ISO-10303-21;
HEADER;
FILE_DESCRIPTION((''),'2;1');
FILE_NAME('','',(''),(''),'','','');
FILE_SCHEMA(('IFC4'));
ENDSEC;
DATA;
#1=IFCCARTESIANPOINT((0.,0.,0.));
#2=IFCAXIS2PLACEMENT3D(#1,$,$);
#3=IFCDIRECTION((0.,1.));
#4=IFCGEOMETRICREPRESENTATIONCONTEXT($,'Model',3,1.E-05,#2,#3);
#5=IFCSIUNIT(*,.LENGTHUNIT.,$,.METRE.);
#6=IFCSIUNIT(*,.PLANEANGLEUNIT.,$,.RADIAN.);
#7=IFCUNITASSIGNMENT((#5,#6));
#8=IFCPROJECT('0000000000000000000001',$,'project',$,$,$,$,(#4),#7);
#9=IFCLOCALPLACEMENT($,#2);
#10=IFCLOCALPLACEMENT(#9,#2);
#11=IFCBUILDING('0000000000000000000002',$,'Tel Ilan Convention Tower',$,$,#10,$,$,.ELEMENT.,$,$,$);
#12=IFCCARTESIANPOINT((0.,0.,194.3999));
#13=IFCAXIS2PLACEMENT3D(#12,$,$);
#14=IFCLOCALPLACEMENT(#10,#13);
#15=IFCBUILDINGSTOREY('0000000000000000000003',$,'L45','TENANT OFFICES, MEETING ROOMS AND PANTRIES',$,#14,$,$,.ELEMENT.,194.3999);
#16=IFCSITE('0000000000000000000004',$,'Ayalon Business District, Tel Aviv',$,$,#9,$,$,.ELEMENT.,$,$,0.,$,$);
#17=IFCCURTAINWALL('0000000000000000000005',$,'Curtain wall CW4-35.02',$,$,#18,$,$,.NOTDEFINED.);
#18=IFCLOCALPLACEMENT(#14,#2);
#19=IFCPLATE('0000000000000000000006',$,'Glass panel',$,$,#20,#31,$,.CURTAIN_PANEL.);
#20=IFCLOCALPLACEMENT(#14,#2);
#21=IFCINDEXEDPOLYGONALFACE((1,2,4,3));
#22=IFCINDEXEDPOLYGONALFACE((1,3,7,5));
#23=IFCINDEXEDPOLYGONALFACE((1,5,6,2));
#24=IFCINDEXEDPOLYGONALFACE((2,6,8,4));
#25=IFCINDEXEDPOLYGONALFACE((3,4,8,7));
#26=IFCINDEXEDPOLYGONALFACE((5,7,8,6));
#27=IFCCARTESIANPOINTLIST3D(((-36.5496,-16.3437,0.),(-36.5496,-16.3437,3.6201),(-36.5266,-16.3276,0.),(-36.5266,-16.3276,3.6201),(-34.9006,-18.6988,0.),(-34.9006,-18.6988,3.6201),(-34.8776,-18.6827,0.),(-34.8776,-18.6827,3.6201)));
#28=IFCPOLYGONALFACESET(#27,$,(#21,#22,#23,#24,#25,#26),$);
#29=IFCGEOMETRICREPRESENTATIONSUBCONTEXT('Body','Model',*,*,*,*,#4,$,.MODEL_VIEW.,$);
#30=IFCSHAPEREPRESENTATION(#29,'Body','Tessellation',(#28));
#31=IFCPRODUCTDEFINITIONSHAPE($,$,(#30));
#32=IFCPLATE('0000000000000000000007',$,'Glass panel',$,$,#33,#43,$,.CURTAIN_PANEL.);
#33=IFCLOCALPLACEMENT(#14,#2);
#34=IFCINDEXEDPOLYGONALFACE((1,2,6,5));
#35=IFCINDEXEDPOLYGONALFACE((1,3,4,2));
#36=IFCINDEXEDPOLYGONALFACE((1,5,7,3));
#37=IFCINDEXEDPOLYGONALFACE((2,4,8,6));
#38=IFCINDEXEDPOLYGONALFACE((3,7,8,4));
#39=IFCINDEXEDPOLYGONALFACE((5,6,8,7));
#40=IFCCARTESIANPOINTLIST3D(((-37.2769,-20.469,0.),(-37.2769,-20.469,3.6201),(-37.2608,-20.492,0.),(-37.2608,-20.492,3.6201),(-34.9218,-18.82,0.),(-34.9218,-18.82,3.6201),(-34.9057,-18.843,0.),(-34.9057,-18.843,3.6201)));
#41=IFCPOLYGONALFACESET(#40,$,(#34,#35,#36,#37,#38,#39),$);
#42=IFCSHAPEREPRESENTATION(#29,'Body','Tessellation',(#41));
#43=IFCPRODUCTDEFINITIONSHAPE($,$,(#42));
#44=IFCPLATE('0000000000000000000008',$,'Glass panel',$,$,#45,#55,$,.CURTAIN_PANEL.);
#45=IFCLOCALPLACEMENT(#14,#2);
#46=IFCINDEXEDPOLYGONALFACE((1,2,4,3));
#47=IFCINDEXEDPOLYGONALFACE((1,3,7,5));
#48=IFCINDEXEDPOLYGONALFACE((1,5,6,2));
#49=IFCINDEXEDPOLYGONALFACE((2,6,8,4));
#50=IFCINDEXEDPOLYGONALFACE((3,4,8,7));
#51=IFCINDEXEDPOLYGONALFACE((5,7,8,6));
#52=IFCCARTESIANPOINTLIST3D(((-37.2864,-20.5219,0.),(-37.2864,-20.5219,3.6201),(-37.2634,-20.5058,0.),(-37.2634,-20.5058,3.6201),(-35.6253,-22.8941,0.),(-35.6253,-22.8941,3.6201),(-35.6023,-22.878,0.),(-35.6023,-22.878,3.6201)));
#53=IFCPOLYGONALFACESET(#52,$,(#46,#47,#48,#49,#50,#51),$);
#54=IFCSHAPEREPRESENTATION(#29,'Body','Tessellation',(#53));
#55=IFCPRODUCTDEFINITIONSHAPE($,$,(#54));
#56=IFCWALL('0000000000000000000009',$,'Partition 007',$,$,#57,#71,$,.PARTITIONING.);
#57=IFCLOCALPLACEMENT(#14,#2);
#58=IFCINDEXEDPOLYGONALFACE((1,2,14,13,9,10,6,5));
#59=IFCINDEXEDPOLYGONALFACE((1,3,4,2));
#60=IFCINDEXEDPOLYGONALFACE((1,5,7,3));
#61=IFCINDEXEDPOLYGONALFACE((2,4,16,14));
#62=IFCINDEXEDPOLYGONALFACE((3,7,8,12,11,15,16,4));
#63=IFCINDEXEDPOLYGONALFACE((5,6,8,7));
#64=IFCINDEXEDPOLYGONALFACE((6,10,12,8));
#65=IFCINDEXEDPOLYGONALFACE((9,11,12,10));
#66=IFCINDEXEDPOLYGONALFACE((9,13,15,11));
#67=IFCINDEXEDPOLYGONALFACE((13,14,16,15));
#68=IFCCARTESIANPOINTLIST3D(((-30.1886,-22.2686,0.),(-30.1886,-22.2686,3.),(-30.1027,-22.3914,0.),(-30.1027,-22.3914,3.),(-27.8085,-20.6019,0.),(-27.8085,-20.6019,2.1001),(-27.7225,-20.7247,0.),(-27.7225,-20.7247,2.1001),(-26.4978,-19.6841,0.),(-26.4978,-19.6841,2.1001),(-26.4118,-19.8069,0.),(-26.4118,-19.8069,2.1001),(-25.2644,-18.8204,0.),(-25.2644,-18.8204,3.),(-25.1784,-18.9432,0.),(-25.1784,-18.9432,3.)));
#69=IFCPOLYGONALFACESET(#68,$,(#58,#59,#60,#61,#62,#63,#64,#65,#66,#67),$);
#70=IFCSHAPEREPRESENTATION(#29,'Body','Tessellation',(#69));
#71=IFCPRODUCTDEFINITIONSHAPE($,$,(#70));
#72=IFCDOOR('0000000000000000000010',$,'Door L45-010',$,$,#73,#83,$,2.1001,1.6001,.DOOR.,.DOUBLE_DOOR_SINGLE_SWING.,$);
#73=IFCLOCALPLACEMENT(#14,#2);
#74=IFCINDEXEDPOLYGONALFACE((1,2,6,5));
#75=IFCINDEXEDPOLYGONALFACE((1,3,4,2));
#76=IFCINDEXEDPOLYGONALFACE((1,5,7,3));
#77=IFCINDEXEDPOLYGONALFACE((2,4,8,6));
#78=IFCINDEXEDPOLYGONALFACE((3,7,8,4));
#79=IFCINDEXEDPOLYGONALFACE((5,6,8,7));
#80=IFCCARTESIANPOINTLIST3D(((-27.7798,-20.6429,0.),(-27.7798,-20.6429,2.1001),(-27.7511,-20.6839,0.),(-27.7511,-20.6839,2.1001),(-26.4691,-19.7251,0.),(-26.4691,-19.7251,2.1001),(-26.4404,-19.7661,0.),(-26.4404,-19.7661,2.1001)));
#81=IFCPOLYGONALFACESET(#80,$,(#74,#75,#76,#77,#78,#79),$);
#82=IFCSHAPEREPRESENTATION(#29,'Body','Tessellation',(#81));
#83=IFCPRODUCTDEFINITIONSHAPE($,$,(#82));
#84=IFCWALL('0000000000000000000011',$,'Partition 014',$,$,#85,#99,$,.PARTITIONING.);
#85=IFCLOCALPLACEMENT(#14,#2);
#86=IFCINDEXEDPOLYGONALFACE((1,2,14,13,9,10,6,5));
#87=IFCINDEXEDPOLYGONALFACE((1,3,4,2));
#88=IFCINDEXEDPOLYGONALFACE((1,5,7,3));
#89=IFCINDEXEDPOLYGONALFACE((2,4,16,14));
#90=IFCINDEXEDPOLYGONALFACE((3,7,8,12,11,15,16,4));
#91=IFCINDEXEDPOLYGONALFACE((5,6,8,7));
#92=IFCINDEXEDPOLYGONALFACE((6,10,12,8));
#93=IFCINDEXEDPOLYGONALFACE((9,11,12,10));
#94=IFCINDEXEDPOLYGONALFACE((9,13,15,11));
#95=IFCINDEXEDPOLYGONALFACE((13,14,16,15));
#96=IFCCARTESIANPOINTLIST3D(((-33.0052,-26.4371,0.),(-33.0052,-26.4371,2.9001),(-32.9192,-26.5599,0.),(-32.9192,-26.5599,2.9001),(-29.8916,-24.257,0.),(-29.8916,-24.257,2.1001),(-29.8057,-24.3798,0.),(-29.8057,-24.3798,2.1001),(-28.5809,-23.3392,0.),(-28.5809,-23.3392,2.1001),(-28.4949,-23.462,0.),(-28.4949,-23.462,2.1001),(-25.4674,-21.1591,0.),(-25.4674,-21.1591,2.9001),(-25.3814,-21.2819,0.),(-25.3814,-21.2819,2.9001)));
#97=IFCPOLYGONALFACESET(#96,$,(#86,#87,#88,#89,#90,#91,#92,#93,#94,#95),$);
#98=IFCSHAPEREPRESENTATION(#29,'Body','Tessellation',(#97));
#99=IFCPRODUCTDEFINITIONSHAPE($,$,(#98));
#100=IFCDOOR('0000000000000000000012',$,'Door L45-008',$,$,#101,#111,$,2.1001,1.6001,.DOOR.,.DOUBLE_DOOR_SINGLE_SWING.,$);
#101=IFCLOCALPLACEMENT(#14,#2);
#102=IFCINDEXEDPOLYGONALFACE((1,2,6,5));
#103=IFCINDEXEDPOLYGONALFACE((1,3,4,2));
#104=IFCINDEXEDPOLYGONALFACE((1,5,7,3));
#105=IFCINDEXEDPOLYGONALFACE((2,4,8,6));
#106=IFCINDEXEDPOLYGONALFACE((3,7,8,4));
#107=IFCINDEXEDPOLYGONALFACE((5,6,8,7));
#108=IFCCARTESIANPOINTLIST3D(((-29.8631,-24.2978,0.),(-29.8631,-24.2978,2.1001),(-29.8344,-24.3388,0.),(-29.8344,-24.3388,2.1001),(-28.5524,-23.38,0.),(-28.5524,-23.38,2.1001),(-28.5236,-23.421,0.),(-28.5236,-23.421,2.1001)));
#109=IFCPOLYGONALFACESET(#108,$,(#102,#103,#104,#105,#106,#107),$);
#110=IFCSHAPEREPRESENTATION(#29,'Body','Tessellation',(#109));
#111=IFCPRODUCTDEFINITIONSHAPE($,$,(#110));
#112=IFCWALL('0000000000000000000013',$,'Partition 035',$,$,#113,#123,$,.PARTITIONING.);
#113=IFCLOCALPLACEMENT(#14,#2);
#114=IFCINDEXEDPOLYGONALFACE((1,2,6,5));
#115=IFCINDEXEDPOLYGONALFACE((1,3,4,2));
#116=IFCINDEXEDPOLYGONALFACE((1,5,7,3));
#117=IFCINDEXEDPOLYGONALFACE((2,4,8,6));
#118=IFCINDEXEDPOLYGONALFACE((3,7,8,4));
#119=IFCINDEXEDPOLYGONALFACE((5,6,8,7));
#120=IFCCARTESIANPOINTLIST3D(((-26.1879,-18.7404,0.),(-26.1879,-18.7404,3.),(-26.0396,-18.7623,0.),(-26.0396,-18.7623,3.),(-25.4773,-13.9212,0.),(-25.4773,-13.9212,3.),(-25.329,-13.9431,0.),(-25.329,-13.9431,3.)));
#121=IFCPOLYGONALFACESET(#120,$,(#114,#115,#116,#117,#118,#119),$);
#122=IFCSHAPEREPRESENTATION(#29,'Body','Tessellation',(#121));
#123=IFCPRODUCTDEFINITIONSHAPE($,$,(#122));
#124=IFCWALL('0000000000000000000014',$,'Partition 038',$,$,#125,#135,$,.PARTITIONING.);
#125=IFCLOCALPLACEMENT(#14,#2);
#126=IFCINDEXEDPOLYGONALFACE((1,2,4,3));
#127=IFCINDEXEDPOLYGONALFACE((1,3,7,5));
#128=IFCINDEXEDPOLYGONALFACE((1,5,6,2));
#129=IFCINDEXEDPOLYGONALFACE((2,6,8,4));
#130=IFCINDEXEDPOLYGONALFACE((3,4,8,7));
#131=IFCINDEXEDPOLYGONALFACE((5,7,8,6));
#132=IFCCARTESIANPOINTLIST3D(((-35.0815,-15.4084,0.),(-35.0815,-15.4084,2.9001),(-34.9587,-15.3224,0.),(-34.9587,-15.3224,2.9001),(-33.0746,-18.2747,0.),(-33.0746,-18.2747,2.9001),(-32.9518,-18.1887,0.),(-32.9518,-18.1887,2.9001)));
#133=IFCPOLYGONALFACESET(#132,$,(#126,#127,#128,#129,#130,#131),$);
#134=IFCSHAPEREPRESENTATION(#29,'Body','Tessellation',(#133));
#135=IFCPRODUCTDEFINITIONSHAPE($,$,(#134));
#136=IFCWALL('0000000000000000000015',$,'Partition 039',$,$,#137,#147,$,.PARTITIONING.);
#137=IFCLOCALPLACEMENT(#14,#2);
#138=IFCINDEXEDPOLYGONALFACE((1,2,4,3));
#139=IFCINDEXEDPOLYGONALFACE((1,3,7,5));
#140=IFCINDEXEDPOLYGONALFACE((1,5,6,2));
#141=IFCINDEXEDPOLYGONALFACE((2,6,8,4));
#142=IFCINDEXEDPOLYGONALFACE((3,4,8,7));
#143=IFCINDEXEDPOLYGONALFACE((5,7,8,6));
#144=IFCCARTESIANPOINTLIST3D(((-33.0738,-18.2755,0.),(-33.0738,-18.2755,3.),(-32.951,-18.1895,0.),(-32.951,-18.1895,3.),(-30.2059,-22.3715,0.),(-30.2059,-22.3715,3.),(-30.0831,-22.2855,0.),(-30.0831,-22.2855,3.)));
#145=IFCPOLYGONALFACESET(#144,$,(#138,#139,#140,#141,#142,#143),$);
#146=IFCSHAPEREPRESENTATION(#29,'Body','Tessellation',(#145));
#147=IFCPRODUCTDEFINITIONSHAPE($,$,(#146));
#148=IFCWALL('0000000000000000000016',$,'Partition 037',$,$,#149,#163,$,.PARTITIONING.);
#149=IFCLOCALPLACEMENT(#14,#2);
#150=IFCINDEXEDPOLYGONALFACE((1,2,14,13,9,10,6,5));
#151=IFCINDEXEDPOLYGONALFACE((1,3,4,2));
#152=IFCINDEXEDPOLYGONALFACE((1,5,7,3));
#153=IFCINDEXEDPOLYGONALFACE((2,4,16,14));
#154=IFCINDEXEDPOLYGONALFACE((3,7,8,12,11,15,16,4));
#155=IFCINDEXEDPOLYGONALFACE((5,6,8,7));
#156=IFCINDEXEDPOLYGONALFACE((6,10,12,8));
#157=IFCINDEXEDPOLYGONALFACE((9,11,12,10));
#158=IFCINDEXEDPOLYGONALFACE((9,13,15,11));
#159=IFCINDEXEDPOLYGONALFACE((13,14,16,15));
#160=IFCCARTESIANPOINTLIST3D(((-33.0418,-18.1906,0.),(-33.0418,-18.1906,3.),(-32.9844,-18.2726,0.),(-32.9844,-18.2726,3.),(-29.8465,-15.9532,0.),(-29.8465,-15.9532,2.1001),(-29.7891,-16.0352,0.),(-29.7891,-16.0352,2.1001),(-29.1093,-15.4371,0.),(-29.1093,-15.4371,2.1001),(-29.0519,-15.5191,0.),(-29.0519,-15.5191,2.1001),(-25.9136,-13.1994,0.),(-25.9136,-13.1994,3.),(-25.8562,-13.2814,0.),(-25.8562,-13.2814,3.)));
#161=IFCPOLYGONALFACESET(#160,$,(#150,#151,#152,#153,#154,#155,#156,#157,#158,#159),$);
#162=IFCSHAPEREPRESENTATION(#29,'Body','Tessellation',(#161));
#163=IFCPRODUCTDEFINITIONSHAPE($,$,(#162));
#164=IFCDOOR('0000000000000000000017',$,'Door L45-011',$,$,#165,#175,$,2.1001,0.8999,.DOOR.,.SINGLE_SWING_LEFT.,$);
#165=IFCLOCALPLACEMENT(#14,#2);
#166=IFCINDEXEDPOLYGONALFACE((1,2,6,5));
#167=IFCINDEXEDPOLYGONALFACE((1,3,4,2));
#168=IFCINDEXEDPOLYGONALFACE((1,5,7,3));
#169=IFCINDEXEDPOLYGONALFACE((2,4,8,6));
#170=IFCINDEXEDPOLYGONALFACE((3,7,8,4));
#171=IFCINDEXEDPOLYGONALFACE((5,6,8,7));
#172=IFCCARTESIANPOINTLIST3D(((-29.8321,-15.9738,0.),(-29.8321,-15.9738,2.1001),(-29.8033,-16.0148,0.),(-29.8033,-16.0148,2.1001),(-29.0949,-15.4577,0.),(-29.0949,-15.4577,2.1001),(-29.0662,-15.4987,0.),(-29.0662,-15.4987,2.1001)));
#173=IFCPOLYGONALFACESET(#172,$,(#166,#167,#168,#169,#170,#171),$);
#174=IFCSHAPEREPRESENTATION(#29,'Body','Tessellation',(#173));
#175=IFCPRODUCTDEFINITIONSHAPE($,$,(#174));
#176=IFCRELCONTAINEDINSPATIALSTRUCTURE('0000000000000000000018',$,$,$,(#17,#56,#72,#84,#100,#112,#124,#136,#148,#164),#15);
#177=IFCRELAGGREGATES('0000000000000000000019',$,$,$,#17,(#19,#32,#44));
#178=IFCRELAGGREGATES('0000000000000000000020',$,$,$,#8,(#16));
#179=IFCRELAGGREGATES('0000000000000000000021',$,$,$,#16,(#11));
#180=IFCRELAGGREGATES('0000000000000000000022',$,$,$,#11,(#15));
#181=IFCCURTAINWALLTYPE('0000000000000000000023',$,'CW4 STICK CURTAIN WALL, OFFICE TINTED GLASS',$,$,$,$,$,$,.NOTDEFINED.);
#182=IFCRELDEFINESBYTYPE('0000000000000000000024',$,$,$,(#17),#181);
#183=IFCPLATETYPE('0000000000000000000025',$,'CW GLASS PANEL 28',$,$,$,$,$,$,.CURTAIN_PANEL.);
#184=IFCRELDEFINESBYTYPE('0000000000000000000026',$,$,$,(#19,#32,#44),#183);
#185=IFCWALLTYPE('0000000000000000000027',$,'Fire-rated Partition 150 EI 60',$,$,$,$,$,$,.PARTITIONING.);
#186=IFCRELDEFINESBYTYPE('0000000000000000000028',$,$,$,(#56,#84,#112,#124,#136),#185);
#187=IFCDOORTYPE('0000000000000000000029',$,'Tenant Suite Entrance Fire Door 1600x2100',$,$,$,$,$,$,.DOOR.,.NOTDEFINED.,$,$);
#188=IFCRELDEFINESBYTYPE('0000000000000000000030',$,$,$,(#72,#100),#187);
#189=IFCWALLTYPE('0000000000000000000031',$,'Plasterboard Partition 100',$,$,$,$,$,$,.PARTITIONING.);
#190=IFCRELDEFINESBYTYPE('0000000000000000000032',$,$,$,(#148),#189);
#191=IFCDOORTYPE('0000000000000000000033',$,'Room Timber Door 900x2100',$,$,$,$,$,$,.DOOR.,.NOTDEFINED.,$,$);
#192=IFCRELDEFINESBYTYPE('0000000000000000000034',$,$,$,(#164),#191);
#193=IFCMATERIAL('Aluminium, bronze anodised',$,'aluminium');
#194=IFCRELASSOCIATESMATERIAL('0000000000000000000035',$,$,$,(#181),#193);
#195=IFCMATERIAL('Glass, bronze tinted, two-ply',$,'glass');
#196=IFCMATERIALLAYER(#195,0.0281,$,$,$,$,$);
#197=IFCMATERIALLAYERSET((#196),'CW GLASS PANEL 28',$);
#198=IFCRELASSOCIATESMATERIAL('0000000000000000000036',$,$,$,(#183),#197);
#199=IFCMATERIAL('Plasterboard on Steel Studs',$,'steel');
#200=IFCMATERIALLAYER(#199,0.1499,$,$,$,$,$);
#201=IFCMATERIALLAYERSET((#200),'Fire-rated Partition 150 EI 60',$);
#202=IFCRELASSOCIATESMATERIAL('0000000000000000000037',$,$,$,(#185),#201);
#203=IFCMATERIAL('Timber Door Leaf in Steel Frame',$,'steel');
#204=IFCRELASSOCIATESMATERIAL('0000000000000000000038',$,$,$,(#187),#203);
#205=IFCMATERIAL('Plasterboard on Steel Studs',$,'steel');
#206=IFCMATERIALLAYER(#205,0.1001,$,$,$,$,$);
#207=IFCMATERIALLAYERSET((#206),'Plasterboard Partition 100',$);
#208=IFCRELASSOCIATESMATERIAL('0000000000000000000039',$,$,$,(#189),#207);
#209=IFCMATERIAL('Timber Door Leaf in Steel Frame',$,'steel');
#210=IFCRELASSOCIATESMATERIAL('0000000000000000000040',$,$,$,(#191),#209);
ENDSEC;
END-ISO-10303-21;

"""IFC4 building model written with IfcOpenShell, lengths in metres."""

from ifc_helpers import new_model, si_unit, direction, frame, frame_2d, origin, origin_2d, place, context, subcontext, project, spatial, rectangle, extrude, material, layer, layer_set, type_object, element, fill, aggregate, save


model = new_model("IFC4")

# Units and contexts
model_context = context("Model", 3, precision=1e-05, world=origin(), true_north=direction((0.0, 1.0)))
body_context = subcontext(model_context, "Body", "Model", "MODEL_VIEW")
ifc_project = project(units=[si_unit("LENGTHUNIT", "METRE"), si_unit("PLANEANGLEUNIT", "RADIAN")], contexts=[model_context])

# Site, building, storey
site_placement = place(None, origin())
site = spatial("IfcSite", under=ifc_project, at=site_placement, Name="Ayalon Business District, Tel Aviv", CompositionType="ELEMENT", RefElevation=0.0)
building_placement = place(site_placement, origin())
building = spatial("IfcBuilding", under=site, at=building_placement, Name="Tel Ilan Convention Tower", CompositionType="ELEMENT")
storey_placement = place(building_placement, frame((0.0, 0.0, 194.3999)))
storey = spatial("IfcBuildingStorey", under=building, at=storey_placement, Name="L45", Description="TENANT OFFICES, MEETING ROOMS AND PANTRIES", CompositionType="ELEMENT", Elevation=194.3999)

# Curtain wall, plates
ifc_material_1 = material(Name="Aluminium, bronze anodised", Category="aluminium")
curtain_wall_type = type_object("IfcCurtainWallType", Name="CW4 STICK CURTAIN WALL, OFFICE TINTED GLASS", PredefinedType="NOTDEFINED", material=ifc_material_1)
curtain_wall_placement = place(storey_placement, origin())
curtain_wall = element("IfcCurtainWall", 1, at=curtain_wall_placement, inside=storey, type_object=curtain_wall_type, Name="Curtain wall CW4-35.02", PredefinedType="NOTDEFINED")
ifc_material_2 = material(Name="Glass, bronze tinted, two-ply", Category="glass")
ifc_layer_1 = layer(ifc_material_2, 0.0281)
ifc_layer_set_1 = layer_set([ifc_layer_1], Name="CW GLASS PANEL 28")
plate_type = type_object("IfcPlateType", Name="CW GLASS PANEL 28", PredefinedType="CURTAIN_PANEL", material=ifc_layer_set_1)
plate_1_placement = place(storey_placement, frame((-35.7136, -17.5132, 0.0), z_axis=(0.0, 0.0, 1.0), x_axis=(0.573576, -0.819152, 0.0)))
plate_1 = element("IfcPlate", 2, at=plate_1_placement, type_object=plate_type, Name="Glass panel", PredefinedType="CURTAIN_PANEL", context=body_context, shape_type="SweptSolid", body=[
    extrude(rectangle(XDim=2.875, YDim=0.0281, at=origin_2d()), origin(), (0.0, 0.0, 1.0), 3.6201),
])
plate_2_placement = place(storey_placement, frame((-36.0913, -19.656, 0.0), z_axis=(0.0, 0.0, 1.0), x_axis=(-0.819152, -0.573576, 0.0)))
plate_2 = element("IfcPlate", 3, at=plate_2_placement, type_object=plate_type, Name="Glass panel", PredefinedType="CURTAIN_PANEL", context=body_context, shape_type="SweptSolid", body=[
    extrude(rectangle(XDim=2.875, YDim=0.0281, at=origin_2d()), origin(), (0.0, 0.0, 1.0), 3.6201),
])
plate_3_placement = place(storey_placement, frame((-36.4443, -21.7, 0.0), z_axis=(0.0, 0.0, 1.0), x_axis=(0.573576, -0.819152, 0.0)))
plate_3 = element("IfcPlate", 4, at=plate_3_placement, type_object=plate_type, Name="Glass panel", PredefinedType="CURTAIN_PANEL", context=body_context, shape_type="SweptSolid", body=[
    extrude(rectangle(XDim=2.896, YDim=0.0281, at=origin_2d()), origin(), (0.0, 0.0, 1.0), 3.6201),
])
aggregate(curtain_wall, [plate_1, plate_2, plate_3])

# Walls, openings, doors
ifc_material_3 = material(Name="Plasterboard on Steel Studs", Category="steel")
ifc_layer_2 = layer(ifc_material_3, 0.1499)
ifc_layer_set_2 = layer_set([ifc_layer_2], Name="Fire-rated Partition 150 EI 60")
wall_type_1 = type_object("IfcWallType", Name="Fire-rated Partition 150 EI 60", PredefinedType="PARTITIONING", material=ifc_layer_set_2)
wall_1_placement = place(storey_placement, frame((-30.1458, -22.3301, 0.0), z_axis=(0.0, 0.0, 1.0), x_axis=(0.819137, 0.573599, 0.0)))
wall_1 = element("IfcWall", 5, at=wall_1_placement, inside=storey, type_object=wall_type_1, Name="Partition 007", PredefinedType="PARTITIONING", context=body_context, shape_type="SweptSolid", body=[
    extrude(rectangle(XDim=6.0115, YDim=0.1499, at=frame_2d((3.0059, 0.0))), origin(), (0.0, 0.0, 1.0), 3.0),
])
opening_1_placement = place(wall_1_placement, frame((2.9058, 0.0, 0.0)))
opening_1 = element("IfcOpeningElement", 6, at=opening_1_placement, cuts=wall_1, PredefinedType="OPENING", context=body_context, shape_type="SweptSolid", body=[
    extrude(rectangle(XDim=1.6001, YDim=2.1001, at=frame_2d((0.8, 1.05))), frame((0.0, 0.085, 0.0), z_axis=(0.0, -1.0, 0.0), x_axis=(1.0, 0.0, 0.0)), (0.0, 0.0, 1.0), 0.1699),
])
ifc_material_4 = material(Name="Timber Door Leaf in Steel Frame", Category="steel")
door_type_1 = type_object("IfcDoorType", Name="Tenant Suite Entrance Fire Door 1600x2100", OperationType="NOTDEFINED", PredefinedType="DOOR", material=ifc_material_4)
door_1_placement = place(opening_1_placement, origin())
door_1 = element("IfcDoor", 7, at=door_1_placement, inside=storey, type_object=door_type_1, Name="Door L45-010", OperationType="DOUBLE_DOOR_SINGLE_SWING", OverallHeight=2.1001, OverallWidth=1.6001, PredefinedType="DOOR", context=body_context, shape_type="SweptSolid", body=[
    extrude(rectangle(XDim=1.6001, YDim=2.1001, at=frame_2d((0.8, 1.05))), frame((0.0, 0.0249, 0.0), z_axis=(0.0, -1.0, 0.0), x_axis=(1.0, 0.0, 0.0)), (0.0, 0.0, 1.0), 0.05),
])
fill(opening_1, door_1)
wall_2_placement = place(storey_placement, frame((-25.4243, -21.2205, 0.0), z_axis=(0.0, 0.0, 1.0), x_axis=(-0.819151, -0.573578, 0.0)))
wall_2 = element("IfcWall", 8, at=wall_2_placement, inside=storey, type_object=wall_type_1, Name="Partition 014", PredefinedType="PARTITIONING", context=body_context, shape_type="SweptSolid", body=[
    extrude(rectangle(XDim=9.2019, YDim=0.1499, at=frame_2d((4.6011, 0.0))), origin(), (0.0, 0.0, 1.0), 2.9001),
])
opening_2_placement = place(wall_2_placement, frame((3.801, 0.0, 0.0)))
opening_2 = element("IfcOpeningElement", 9, at=opening_2_placement, cuts=wall_2, PredefinedType="OPENING", context=body_context, shape_type="SweptSolid", body=[
    extrude(rectangle(XDim=1.6001, YDim=2.1001, at=frame_2d((0.8, 1.05))), frame((0.0, 0.085, 0.0), z_axis=(0.0, -1.0, 0.0), x_axis=(1.0, 0.0, 0.0)), (0.0, 0.0, 1.0), 0.1699),
])
door_2_placement = place(opening_2_placement, origin())
door_2 = element("IfcDoor", 10, at=door_2_placement, inside=storey, type_object=door_type_1, Name="Door L45-008", OperationType="DOUBLE_DOOR_SINGLE_SWING", OverallHeight=2.1001, OverallWidth=1.6001, PredefinedType="DOOR", context=body_context, shape_type="SweptSolid", body=[
    extrude(rectangle(XDim=1.6001, YDim=2.1001, at=frame_2d((0.8, 1.05))), frame((0.0, 0.0249, 0.0), z_axis=(0.0, -1.0, 0.0), x_axis=(1.0, 0.0, 0.0)), (0.0, 0.0, 1.0), 0.05),
])
fill(opening_2, door_2)

# Walls
wall_3_placement = place(storey_placement, frame((-26.1138, -18.7512, 0.0), z_axis=(0.0, 0.0, 1.0), x_axis=(0.145889, 0.989301, 0.0)))
element("IfcWall", 11, at=wall_3_placement, inside=storey, type_object=wall_type_1, Name="Partition 035", PredefinedType="PARTITIONING", context=body_context, shape_type="SweptSolid", body=[
    extrude(rectangle(XDim=4.8713, YDim=0.1499, at=frame_2d((2.4355, 0.0))), origin(), (0.0, 0.0, 1.0), 3.0),
])
wall_4_placement = place(storey_placement, frame((-33.0132, -18.2317, 0.0), z_axis=(0.0, 0.0, 1.0), x_axis=(-0.573556, 0.819166, 0.0)))
element("IfcWall", 12, at=wall_4_placement, inside=storey, type_object=wall_type_1, Name="Partition 038", PredefinedType="PARTITIONING", context=body_context, shape_type="SweptSolid", body=[
    extrude(rectangle(XDim=3.499, YDim=0.1499, at=frame_2d((1.7495, 0.0))), origin(), (0.0, 0.0, 1.0), 2.9001),
])
wall_5_placement = place(storey_placement, frame((-30.1445, -22.3284, 0.0), z_axis=(0.0, 0.0, 1.0), x_axis=(-0.573564, 0.819161, 0.0)))
element("IfcWall", 13, at=wall_5_placement, inside=storey, type_object=wall_type_1, Name="Partition 039", PredefinedType="PARTITIONING", context=body_context, shape_type="SweptSolid", body=[
    extrude(rectangle(XDim=5.0002, YDim=0.1499, at=frame_2d((2.5, 0.0))), origin(), (0.0, 0.0, 1.0), 3.0),
])

# Wall, opening, door
ifc_material_5 = material(Name="Plasterboard on Steel Studs", Category="steel")
ifc_layer_3 = layer(ifc_material_5, 0.1001)
ifc_layer_set_3 = layer_set([ifc_layer_3], Name="Plasterboard Partition 100")
wall_type_2 = type_object("IfcWallType", Name="Plasterboard Partition 100", PredefinedType="PARTITIONING", material=ifc_layer_set_3)
wall_6_placement = place(storey_placement, frame((-33.0132, -18.2317, 0.0), z_axis=(0.0, 0.0, 1.0), x_axis=(0.819152, 0.573577, 0.0)))
wall_6 = element("IfcWall", 14, at=wall_6_placement, inside=storey, type_object=wall_type_2, Name="Partition 037", PredefinedType="PARTITIONING", context=body_context, shape_type="SweptSolid", body=[
    extrude(rectangle(XDim=8.7019, YDim=0.1001, at=frame_2d((4.3511, 0.0))), origin(), (0.0, 0.0, 1.0), 3.0),
])
opening_3_placement = place(wall_6_placement, frame((3.9009, 0.0, 0.0)))
opening_3 = element("IfcOpeningElement", 15, at=opening_3_placement, cuts=wall_6, PredefinedType="OPENING", context=body_context, shape_type="SweptSolid", body=[
    extrude(rectangle(XDim=0.8999, YDim=2.1001, at=frame_2d((0.45, 1.05))), frame((0.0, 0.0601, 0.0), z_axis=(0.0, -1.0, 0.0), x_axis=(1.0, 0.0, 0.0)), (0.0, 0.0, 1.0), 0.1201),
])
ifc_material_6 = material(Name="Timber Door Leaf in Steel Frame", Category="steel")
door_type_2 = type_object("IfcDoorType", Name="Room Timber Door 900x2100", OperationType="NOTDEFINED", PredefinedType="DOOR", material=ifc_material_6)
door_3_placement = place(opening_3_placement, origin())
door_3 = element("IfcDoor", 16, at=door_3_placement, inside=storey, type_object=door_type_2, Name="Door L45-011", OperationType="SINGLE_SWING_LEFT", OverallHeight=2.1001, OverallWidth=0.8999, PredefinedType="DOOR", context=body_context, shape_type="SweptSolid", body=[
    extrude(rectangle(XDim=0.8999, YDim=2.1001, at=frame_2d((0.45, 1.05))), frame((0.0, 0.0249, 0.0), z_axis=(0.0, -1.0, 0.0), x_axis=(1.0, 0.0, 0.0)), (0.0, 0.0, 1.0), 0.05),
])
fill(opening_3, door_3)

save(model, "model.ifc")
